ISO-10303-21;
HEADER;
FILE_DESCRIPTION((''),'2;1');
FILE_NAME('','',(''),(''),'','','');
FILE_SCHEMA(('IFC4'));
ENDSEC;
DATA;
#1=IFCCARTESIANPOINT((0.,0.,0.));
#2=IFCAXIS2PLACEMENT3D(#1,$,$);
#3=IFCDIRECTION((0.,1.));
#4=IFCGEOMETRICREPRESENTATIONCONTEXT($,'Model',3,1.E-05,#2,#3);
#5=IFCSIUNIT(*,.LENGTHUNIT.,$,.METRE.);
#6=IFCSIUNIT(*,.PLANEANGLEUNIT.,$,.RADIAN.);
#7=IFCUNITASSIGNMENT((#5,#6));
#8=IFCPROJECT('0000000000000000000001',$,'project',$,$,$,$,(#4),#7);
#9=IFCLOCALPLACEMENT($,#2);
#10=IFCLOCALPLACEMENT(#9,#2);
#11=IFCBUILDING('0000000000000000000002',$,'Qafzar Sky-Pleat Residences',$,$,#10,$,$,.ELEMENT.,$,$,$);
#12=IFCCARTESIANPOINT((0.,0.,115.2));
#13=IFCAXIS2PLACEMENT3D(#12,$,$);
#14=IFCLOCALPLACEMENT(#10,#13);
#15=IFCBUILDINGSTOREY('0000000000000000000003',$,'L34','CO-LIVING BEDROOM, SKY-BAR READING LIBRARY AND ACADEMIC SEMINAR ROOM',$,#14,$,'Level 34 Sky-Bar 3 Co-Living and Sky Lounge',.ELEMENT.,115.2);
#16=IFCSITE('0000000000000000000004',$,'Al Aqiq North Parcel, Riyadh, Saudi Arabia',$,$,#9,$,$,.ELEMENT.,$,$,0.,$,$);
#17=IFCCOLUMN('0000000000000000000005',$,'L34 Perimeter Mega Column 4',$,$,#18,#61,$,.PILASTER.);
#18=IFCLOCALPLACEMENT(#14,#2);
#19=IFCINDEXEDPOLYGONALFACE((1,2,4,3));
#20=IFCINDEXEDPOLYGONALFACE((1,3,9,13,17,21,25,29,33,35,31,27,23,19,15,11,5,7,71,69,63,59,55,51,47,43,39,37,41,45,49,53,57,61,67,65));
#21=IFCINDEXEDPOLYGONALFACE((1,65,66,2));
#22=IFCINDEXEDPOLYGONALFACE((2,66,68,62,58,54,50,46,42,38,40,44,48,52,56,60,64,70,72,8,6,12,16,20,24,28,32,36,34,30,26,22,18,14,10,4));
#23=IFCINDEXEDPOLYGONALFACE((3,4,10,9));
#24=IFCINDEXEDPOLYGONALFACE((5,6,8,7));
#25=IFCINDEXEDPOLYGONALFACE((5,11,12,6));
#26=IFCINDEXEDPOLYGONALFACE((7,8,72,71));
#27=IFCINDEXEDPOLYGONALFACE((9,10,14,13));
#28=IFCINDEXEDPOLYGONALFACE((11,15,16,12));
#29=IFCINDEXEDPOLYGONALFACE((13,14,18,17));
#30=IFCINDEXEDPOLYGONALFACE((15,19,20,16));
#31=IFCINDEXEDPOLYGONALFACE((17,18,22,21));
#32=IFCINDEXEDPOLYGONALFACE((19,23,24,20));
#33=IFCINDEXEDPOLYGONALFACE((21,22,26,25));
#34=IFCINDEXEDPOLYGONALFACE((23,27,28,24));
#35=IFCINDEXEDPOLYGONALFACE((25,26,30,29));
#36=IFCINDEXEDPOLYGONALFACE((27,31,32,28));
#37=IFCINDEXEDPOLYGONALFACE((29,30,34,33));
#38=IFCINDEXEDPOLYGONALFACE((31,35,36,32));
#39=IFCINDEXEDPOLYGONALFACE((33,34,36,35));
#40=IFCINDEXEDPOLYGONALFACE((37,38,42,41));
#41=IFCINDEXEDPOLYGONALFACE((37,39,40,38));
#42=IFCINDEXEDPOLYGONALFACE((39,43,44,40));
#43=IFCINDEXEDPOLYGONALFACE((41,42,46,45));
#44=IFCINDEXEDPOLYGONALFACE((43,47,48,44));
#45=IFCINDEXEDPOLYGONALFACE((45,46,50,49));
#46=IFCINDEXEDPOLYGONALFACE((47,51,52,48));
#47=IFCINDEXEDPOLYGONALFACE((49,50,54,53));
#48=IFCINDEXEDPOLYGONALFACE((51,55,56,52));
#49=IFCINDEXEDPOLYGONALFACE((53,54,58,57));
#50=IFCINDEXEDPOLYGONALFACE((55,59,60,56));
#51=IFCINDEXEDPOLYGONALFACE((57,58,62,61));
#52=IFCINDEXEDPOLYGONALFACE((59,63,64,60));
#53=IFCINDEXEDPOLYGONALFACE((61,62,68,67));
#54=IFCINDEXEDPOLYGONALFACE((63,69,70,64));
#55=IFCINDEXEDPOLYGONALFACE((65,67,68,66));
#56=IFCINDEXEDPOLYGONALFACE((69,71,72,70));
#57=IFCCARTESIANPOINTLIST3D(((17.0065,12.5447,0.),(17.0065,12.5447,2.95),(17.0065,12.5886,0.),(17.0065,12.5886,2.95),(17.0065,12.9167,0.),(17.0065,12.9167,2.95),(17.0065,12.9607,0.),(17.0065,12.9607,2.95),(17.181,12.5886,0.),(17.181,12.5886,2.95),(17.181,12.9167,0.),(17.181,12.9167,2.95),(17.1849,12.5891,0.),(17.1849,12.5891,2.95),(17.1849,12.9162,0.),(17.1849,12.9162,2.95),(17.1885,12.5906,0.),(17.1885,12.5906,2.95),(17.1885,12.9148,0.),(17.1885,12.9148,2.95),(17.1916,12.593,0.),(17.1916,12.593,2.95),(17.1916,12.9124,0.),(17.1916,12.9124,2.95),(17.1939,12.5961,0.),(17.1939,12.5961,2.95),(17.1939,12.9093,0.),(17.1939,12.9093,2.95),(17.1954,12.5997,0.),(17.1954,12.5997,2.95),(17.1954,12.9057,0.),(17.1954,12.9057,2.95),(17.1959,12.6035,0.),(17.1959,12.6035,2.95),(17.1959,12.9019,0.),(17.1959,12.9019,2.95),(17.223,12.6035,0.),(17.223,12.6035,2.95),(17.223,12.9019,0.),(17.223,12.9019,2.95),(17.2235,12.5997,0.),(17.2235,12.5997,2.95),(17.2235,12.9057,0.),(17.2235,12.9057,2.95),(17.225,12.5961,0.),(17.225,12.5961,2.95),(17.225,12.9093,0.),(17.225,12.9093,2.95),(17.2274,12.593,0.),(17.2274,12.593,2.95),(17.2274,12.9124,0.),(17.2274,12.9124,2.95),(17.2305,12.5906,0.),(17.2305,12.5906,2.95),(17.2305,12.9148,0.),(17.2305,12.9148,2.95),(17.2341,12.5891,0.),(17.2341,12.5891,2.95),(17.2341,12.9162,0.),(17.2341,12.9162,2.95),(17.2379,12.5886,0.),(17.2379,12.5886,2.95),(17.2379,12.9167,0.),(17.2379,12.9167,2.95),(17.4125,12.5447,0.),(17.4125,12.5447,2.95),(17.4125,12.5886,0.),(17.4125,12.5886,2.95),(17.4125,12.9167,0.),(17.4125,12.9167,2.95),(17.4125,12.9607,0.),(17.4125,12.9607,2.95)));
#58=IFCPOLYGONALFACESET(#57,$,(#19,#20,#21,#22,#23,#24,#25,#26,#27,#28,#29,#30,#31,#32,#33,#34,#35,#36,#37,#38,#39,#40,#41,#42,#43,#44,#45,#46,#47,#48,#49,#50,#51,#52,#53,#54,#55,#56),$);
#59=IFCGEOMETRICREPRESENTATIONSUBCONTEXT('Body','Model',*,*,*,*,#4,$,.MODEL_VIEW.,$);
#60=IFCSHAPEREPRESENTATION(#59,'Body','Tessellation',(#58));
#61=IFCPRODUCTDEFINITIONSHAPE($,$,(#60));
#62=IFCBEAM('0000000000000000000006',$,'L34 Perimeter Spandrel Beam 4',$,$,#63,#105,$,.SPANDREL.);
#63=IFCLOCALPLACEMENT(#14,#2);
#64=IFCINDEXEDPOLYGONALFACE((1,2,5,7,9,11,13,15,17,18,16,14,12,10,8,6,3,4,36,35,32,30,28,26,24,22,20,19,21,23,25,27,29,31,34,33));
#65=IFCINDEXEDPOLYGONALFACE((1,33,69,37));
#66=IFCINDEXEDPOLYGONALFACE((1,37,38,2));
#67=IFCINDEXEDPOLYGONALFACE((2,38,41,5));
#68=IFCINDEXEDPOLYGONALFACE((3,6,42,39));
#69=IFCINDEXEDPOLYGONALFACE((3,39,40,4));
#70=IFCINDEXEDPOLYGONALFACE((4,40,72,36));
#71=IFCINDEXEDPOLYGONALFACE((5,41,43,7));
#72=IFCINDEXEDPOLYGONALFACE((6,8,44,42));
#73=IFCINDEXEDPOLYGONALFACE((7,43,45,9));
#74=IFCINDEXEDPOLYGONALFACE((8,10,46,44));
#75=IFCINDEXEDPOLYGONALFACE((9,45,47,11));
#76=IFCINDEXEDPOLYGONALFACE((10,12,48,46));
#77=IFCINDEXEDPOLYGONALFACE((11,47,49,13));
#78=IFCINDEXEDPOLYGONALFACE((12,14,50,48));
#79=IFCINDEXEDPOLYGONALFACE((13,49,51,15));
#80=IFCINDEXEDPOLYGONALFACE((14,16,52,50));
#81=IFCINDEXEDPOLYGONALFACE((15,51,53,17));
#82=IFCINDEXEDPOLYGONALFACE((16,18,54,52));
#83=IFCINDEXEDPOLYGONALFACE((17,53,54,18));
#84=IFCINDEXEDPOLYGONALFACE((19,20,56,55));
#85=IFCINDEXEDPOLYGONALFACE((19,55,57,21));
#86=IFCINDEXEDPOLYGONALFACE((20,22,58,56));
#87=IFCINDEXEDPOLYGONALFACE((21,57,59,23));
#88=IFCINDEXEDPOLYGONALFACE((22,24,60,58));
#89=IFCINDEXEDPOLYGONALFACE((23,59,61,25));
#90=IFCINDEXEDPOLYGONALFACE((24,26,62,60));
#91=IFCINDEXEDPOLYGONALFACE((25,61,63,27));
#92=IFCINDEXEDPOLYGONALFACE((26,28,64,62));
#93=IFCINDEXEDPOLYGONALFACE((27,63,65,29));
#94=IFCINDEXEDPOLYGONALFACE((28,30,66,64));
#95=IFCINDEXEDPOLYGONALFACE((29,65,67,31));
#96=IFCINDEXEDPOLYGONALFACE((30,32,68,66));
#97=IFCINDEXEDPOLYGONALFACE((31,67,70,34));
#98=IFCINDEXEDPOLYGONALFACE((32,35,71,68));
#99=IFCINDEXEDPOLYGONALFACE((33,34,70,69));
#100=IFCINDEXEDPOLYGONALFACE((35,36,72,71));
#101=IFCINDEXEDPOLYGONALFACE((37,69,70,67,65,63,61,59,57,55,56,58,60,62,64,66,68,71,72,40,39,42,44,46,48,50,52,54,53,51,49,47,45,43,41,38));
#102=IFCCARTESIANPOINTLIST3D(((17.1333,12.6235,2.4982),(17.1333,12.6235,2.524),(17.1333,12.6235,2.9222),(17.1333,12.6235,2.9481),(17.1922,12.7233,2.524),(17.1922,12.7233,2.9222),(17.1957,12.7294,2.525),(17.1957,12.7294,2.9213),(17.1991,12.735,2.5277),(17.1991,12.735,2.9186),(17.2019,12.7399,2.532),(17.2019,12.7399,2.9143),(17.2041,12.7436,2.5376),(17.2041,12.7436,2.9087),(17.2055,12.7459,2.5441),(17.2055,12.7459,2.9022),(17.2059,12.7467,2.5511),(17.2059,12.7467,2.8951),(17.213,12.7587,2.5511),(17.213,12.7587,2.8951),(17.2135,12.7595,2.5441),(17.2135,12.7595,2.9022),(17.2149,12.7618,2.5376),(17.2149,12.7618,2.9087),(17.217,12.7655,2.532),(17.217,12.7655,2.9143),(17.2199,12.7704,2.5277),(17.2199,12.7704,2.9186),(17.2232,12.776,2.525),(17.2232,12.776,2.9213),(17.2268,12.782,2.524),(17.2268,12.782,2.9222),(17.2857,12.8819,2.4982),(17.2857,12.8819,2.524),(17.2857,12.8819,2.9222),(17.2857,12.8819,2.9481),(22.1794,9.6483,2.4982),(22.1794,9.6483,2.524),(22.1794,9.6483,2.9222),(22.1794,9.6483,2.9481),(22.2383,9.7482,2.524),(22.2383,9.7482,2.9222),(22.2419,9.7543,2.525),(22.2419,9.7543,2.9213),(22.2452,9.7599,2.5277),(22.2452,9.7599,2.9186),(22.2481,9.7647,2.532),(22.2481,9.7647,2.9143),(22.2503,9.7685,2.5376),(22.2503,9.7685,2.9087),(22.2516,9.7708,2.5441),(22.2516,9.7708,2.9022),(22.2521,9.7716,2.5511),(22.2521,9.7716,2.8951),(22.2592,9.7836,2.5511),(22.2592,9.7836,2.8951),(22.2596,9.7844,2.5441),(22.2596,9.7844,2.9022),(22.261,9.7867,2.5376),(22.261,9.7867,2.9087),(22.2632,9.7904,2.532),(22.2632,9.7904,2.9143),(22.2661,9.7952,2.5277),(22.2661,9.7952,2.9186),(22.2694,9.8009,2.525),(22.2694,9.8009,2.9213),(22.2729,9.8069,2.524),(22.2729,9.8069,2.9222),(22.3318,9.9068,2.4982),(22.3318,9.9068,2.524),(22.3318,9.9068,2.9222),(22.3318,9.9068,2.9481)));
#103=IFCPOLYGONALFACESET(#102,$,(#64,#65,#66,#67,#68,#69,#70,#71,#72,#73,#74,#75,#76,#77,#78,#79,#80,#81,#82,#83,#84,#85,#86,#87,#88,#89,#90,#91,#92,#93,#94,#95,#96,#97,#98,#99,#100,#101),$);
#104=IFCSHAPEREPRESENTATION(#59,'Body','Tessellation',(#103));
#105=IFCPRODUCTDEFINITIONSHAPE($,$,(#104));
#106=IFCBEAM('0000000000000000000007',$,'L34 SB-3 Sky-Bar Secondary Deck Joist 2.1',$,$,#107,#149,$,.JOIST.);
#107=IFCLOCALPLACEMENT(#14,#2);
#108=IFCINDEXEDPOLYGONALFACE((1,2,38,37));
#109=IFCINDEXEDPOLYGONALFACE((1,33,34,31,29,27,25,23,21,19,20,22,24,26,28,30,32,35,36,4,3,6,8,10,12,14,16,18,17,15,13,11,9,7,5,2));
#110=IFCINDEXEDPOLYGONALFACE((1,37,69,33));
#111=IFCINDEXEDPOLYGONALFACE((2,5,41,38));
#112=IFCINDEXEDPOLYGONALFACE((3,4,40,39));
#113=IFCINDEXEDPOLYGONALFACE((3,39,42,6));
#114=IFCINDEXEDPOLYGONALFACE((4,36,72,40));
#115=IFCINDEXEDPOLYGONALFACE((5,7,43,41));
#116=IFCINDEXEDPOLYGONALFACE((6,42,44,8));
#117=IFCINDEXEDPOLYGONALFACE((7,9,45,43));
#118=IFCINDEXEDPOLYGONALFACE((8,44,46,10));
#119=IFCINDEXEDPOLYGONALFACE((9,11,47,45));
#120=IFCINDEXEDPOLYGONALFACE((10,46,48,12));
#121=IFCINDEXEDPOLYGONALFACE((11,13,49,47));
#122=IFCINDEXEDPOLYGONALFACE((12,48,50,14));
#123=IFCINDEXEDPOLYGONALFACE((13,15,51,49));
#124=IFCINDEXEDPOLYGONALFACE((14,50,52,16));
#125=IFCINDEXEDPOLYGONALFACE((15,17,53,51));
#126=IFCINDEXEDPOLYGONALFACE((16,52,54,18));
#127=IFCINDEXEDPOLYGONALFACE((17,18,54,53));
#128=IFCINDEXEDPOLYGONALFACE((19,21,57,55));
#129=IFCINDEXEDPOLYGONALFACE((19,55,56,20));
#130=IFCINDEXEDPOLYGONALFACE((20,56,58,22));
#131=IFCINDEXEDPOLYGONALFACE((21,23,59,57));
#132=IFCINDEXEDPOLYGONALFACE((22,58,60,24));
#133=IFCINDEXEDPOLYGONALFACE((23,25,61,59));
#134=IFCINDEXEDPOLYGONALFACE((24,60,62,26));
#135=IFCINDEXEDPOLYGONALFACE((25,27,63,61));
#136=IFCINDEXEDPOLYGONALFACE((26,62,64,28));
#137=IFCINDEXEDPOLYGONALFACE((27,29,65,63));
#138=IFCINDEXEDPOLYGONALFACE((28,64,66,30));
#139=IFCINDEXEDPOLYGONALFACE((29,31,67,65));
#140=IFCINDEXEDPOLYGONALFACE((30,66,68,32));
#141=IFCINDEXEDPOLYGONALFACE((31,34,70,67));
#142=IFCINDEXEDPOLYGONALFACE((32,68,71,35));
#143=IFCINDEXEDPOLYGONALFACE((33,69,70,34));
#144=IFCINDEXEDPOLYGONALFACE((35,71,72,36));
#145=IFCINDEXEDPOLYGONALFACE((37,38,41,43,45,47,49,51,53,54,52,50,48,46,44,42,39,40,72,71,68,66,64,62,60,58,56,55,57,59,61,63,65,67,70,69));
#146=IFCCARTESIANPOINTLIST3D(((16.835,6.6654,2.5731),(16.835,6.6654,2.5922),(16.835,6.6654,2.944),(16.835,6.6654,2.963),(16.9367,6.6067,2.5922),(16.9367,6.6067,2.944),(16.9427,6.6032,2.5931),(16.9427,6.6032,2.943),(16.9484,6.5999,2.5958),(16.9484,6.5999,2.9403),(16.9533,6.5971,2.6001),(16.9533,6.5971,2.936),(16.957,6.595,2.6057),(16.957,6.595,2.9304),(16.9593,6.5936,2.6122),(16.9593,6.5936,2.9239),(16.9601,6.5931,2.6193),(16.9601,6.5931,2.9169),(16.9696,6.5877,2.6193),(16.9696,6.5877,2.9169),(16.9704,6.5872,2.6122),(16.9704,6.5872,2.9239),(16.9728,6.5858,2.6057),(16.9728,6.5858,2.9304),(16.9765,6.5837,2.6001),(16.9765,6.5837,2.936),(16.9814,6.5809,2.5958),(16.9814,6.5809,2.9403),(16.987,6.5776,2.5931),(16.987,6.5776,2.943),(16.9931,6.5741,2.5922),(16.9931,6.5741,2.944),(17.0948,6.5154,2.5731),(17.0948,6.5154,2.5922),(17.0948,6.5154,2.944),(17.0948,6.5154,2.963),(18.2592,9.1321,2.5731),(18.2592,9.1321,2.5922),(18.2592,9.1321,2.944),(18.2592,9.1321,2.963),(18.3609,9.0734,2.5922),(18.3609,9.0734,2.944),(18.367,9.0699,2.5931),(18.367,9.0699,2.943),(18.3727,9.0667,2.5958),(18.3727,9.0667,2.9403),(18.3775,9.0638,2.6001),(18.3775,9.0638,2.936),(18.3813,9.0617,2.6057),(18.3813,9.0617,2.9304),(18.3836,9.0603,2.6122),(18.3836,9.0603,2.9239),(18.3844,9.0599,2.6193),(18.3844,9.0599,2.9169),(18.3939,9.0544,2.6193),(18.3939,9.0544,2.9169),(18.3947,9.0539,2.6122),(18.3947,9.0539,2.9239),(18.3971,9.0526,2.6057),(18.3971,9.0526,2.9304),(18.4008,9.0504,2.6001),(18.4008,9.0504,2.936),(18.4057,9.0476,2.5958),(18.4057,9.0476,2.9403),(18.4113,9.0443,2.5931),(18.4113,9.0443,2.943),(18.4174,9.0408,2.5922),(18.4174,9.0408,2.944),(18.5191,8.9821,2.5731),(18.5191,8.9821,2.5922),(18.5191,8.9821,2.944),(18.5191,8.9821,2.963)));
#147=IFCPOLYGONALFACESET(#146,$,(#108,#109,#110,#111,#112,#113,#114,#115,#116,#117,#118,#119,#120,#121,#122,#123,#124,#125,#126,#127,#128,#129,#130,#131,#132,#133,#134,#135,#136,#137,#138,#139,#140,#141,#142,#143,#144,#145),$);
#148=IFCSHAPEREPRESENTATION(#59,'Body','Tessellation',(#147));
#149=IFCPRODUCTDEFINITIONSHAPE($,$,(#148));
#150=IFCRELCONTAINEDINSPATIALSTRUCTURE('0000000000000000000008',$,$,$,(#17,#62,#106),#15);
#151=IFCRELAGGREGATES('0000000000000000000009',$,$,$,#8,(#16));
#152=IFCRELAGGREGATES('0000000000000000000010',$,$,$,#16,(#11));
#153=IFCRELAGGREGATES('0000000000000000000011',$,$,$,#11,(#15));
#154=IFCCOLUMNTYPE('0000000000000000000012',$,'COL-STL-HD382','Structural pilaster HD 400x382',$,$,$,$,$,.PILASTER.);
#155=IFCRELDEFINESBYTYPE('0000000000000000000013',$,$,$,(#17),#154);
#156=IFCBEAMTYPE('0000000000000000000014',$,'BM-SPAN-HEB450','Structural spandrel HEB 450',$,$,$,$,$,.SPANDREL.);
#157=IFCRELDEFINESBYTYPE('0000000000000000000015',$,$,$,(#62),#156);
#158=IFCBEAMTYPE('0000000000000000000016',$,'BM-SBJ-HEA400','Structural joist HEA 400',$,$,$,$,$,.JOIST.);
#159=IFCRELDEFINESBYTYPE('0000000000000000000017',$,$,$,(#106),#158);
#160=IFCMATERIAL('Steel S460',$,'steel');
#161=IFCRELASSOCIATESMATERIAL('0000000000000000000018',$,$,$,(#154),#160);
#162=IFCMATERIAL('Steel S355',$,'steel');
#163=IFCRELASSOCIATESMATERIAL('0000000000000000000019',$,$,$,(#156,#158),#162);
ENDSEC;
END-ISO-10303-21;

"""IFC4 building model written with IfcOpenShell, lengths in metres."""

from ifc_helpers import new_model, si_unit, direction, frame, origin, origin_2d, place, context, subcontext, project, spatial, i_section, extrude, source, transform, mapped, material, material_profile, profile_set, type_object, element, save


model = new_model("IFC4")

# Units and contexts
model_context = context("Model", 3, precision=1e-05, world=origin(), true_north=direction((0.0, 1.0)))
body_context = subcontext(model_context, "Body", "Model", "MODEL_VIEW")
ifc_project = project(units=[si_unit("LENGTHUNIT", "METRE"), si_unit("PLANEANGLEUNIT", "RADIAN")], contexts=[model_context])

# Site, building, storey
site_placement = place(None, origin())
site = spatial("IfcSite", under=ifc_project, at=site_placement, Name="Al Aqiq North Parcel, Riyadh, Saudi Arabia", CompositionType="ELEMENT", RefElevation=0.0)
building_placement = place(site_placement, origin())
building = spatial("IfcBuilding", under=site, at=building_placement, Name="Qafzar Sky-Pleat Residences", CompositionType="ELEMENT")
storey_placement = place(building_placement, frame((0.0, 0.0, 115.2)))
storey = spatial("IfcBuildingStorey", under=building, at=storey_placement, Name="L34", Description="CO-LIVING BEDROOM, SKY-BAR READING LIBRARY AND ACADEMIC SEMINAR ROOM", LongName="Level 34 Sky-Bar 3 Co-Living and Sky Lounge", CompositionType="ELEMENT", Elevation=115.2)

# Column
ifc_material_1 = material(Name="Steel S460", Category="steel")
ifc_material_profile_1 = material_profile(ifc_material_1, i_section(OverallWidth=0.406, OverallDepth=0.416, WebThickness=0.0271, FlangeThickness=0.0439, FilletRadius=0.0149, at=origin_2d()), Name="HD 400x382")
ifc_profile_set_1 = profile_set([ifc_material_profile_1], Name="Steel S460")
column_type = type_object("IfcColumnType", Name="COL-STL-HD382", Description="Structural pilaster HD 400x382", PredefinedType="PILASTER", material=ifc_profile_set_1)
shared_shape_1 = source(origin(), body_context, "Body", "SweptSolid", [
    extrude(i_section(OverallWidth=0.406, OverallDepth=0.416, WebThickness=0.0271, FlangeThickness=0.0439, FilletRadius=0.0149, at=origin_2d()), origin(), (0.0, 0.0, 1.0), 2.95),
])
column_placement = place(storey_placement, frame((17.2095, 12.7527, 0.0), z_axis=(0.0, 0.0, 1.0), x_axis=(1.0, 0.0, 0.0)))
element("IfcColumn", 1, at=column_placement, inside=storey, type_object=column_type, Name="L34 Perimeter Mega Column 4", PredefinedType="PILASTER", context=body_context, shape_type="MappedRepresentation", body=[
    mapped(shared_shape_1, transform((0.0, 0.0, 0.0), x_axis=(1.0, 0.0, 0.0), y_axis=(0.0, 1.0, 0.0), z_axis=(0.0, 0.0, 1.0), scale=1.0)),
])

# Beams
ifc_material_2 = material(Name="Steel S355", Category="steel")
ifc_material_profile_2 = material_profile(ifc_material_2, i_section(OverallWidth=0.3, OverallDepth=0.45, WebThickness=0.0139, FlangeThickness=0.0259, FilletRadius=0.0271, at=origin_2d()), Name="HEB 450")
ifc_profile_set_2 = profile_set([ifc_material_profile_2], Name="Steel S355")
beam_type_1 = type_object("IfcBeamType", Name="BM-SPAN-HEB450", Description="Structural spandrel HEB 450", PredefinedType="SPANDREL", material=ifc_profile_set_2)
shared_shape_2 = source(origin(), body_context, "Body", "SweptSolid", [
    extrude(i_section(OverallWidth=0.3, OverallDepth=0.45, WebThickness=0.0139, FlangeThickness=0.0259, FilletRadius=0.0271, at=origin_2d()), origin(), (0.0, 0.0, 1.0), 5.8579),
])
beam_placement = place(storey_placement, frame((17.2095, 12.7527, 2.7231), z_axis=(0.861428, -0.50788, 0.0), x_axis=(0.50788, 0.861428, 0.0)))
element("IfcBeam", 2, at=beam_placement, inside=storey, type_object=beam_type_1, Name="L34 Perimeter Spandrel Beam 4", PredefinedType="SPANDREL", context=body_context, shape_type="MappedRepresentation", body=[
    mapped(shared_shape_2, transform((0.0, 0.0, 0.0), x_axis=(1.0, 0.0, 0.0), y_axis=(0.0, 1.0, 0.0), z_axis=(0.0, 0.0, 1.0), scale=1.0)),
])
ifc_material_profile_3 = material_profile(ifc_material_2, i_section(OverallWidth=0.3, OverallDepth=0.3899, WebThickness=0.011, FlangeThickness=0.019, FilletRadius=0.0271, at=origin_2d()), Name="HEA 400")
ifc_profile_set_3 = profile_set([ifc_material_profile_3], Name="Steel S355")
beam_type_2 = type_object("IfcBeamType", Name="BM-SBJ-HEA400", Description="Structural joist HEA 400", PredefinedType="JOIST", material=ifc_profile_set_3)
shared_shape_3 = source(origin(), body_context, "Body", "SweptSolid", [
    extrude(i_section(OverallWidth=0.3, OverallDepth=0.3899, WebThickness=0.011, FlangeThickness=0.019, FilletRadius=0.0271, at=origin_2d()), origin(), (0.0, 0.0, 1.0), 2.8484),
])
for number, where, z_axis, x_axis, name in (
    (3, (18.3892, 9.0571, 2.7681), (-0.500029, -0.866009, 0.0), (0.866009, -0.500029, 0.0), "L34 SB-3 Sky-Bar Secondary Deck Joist 2.1"),
):
    element("IfcBeam", number, at=place(storey_placement, frame(where, z_axis=z_axis, x_axis=x_axis)), inside=storey, type_object=beam_type_2, Name=name, PredefinedType="JOIST", context=body_context, shape_type="MappedRepresentation", body=[
        mapped(shared_shape_3, transform((0.0, 0.0, 0.0), x_axis=(1.0, 0.0, 0.0), y_axis=(0.0, 1.0, 0.0), z_axis=(0.0, 0.0, 1.0), scale=1.0)),
    ])

save(model, "model.ifc")
